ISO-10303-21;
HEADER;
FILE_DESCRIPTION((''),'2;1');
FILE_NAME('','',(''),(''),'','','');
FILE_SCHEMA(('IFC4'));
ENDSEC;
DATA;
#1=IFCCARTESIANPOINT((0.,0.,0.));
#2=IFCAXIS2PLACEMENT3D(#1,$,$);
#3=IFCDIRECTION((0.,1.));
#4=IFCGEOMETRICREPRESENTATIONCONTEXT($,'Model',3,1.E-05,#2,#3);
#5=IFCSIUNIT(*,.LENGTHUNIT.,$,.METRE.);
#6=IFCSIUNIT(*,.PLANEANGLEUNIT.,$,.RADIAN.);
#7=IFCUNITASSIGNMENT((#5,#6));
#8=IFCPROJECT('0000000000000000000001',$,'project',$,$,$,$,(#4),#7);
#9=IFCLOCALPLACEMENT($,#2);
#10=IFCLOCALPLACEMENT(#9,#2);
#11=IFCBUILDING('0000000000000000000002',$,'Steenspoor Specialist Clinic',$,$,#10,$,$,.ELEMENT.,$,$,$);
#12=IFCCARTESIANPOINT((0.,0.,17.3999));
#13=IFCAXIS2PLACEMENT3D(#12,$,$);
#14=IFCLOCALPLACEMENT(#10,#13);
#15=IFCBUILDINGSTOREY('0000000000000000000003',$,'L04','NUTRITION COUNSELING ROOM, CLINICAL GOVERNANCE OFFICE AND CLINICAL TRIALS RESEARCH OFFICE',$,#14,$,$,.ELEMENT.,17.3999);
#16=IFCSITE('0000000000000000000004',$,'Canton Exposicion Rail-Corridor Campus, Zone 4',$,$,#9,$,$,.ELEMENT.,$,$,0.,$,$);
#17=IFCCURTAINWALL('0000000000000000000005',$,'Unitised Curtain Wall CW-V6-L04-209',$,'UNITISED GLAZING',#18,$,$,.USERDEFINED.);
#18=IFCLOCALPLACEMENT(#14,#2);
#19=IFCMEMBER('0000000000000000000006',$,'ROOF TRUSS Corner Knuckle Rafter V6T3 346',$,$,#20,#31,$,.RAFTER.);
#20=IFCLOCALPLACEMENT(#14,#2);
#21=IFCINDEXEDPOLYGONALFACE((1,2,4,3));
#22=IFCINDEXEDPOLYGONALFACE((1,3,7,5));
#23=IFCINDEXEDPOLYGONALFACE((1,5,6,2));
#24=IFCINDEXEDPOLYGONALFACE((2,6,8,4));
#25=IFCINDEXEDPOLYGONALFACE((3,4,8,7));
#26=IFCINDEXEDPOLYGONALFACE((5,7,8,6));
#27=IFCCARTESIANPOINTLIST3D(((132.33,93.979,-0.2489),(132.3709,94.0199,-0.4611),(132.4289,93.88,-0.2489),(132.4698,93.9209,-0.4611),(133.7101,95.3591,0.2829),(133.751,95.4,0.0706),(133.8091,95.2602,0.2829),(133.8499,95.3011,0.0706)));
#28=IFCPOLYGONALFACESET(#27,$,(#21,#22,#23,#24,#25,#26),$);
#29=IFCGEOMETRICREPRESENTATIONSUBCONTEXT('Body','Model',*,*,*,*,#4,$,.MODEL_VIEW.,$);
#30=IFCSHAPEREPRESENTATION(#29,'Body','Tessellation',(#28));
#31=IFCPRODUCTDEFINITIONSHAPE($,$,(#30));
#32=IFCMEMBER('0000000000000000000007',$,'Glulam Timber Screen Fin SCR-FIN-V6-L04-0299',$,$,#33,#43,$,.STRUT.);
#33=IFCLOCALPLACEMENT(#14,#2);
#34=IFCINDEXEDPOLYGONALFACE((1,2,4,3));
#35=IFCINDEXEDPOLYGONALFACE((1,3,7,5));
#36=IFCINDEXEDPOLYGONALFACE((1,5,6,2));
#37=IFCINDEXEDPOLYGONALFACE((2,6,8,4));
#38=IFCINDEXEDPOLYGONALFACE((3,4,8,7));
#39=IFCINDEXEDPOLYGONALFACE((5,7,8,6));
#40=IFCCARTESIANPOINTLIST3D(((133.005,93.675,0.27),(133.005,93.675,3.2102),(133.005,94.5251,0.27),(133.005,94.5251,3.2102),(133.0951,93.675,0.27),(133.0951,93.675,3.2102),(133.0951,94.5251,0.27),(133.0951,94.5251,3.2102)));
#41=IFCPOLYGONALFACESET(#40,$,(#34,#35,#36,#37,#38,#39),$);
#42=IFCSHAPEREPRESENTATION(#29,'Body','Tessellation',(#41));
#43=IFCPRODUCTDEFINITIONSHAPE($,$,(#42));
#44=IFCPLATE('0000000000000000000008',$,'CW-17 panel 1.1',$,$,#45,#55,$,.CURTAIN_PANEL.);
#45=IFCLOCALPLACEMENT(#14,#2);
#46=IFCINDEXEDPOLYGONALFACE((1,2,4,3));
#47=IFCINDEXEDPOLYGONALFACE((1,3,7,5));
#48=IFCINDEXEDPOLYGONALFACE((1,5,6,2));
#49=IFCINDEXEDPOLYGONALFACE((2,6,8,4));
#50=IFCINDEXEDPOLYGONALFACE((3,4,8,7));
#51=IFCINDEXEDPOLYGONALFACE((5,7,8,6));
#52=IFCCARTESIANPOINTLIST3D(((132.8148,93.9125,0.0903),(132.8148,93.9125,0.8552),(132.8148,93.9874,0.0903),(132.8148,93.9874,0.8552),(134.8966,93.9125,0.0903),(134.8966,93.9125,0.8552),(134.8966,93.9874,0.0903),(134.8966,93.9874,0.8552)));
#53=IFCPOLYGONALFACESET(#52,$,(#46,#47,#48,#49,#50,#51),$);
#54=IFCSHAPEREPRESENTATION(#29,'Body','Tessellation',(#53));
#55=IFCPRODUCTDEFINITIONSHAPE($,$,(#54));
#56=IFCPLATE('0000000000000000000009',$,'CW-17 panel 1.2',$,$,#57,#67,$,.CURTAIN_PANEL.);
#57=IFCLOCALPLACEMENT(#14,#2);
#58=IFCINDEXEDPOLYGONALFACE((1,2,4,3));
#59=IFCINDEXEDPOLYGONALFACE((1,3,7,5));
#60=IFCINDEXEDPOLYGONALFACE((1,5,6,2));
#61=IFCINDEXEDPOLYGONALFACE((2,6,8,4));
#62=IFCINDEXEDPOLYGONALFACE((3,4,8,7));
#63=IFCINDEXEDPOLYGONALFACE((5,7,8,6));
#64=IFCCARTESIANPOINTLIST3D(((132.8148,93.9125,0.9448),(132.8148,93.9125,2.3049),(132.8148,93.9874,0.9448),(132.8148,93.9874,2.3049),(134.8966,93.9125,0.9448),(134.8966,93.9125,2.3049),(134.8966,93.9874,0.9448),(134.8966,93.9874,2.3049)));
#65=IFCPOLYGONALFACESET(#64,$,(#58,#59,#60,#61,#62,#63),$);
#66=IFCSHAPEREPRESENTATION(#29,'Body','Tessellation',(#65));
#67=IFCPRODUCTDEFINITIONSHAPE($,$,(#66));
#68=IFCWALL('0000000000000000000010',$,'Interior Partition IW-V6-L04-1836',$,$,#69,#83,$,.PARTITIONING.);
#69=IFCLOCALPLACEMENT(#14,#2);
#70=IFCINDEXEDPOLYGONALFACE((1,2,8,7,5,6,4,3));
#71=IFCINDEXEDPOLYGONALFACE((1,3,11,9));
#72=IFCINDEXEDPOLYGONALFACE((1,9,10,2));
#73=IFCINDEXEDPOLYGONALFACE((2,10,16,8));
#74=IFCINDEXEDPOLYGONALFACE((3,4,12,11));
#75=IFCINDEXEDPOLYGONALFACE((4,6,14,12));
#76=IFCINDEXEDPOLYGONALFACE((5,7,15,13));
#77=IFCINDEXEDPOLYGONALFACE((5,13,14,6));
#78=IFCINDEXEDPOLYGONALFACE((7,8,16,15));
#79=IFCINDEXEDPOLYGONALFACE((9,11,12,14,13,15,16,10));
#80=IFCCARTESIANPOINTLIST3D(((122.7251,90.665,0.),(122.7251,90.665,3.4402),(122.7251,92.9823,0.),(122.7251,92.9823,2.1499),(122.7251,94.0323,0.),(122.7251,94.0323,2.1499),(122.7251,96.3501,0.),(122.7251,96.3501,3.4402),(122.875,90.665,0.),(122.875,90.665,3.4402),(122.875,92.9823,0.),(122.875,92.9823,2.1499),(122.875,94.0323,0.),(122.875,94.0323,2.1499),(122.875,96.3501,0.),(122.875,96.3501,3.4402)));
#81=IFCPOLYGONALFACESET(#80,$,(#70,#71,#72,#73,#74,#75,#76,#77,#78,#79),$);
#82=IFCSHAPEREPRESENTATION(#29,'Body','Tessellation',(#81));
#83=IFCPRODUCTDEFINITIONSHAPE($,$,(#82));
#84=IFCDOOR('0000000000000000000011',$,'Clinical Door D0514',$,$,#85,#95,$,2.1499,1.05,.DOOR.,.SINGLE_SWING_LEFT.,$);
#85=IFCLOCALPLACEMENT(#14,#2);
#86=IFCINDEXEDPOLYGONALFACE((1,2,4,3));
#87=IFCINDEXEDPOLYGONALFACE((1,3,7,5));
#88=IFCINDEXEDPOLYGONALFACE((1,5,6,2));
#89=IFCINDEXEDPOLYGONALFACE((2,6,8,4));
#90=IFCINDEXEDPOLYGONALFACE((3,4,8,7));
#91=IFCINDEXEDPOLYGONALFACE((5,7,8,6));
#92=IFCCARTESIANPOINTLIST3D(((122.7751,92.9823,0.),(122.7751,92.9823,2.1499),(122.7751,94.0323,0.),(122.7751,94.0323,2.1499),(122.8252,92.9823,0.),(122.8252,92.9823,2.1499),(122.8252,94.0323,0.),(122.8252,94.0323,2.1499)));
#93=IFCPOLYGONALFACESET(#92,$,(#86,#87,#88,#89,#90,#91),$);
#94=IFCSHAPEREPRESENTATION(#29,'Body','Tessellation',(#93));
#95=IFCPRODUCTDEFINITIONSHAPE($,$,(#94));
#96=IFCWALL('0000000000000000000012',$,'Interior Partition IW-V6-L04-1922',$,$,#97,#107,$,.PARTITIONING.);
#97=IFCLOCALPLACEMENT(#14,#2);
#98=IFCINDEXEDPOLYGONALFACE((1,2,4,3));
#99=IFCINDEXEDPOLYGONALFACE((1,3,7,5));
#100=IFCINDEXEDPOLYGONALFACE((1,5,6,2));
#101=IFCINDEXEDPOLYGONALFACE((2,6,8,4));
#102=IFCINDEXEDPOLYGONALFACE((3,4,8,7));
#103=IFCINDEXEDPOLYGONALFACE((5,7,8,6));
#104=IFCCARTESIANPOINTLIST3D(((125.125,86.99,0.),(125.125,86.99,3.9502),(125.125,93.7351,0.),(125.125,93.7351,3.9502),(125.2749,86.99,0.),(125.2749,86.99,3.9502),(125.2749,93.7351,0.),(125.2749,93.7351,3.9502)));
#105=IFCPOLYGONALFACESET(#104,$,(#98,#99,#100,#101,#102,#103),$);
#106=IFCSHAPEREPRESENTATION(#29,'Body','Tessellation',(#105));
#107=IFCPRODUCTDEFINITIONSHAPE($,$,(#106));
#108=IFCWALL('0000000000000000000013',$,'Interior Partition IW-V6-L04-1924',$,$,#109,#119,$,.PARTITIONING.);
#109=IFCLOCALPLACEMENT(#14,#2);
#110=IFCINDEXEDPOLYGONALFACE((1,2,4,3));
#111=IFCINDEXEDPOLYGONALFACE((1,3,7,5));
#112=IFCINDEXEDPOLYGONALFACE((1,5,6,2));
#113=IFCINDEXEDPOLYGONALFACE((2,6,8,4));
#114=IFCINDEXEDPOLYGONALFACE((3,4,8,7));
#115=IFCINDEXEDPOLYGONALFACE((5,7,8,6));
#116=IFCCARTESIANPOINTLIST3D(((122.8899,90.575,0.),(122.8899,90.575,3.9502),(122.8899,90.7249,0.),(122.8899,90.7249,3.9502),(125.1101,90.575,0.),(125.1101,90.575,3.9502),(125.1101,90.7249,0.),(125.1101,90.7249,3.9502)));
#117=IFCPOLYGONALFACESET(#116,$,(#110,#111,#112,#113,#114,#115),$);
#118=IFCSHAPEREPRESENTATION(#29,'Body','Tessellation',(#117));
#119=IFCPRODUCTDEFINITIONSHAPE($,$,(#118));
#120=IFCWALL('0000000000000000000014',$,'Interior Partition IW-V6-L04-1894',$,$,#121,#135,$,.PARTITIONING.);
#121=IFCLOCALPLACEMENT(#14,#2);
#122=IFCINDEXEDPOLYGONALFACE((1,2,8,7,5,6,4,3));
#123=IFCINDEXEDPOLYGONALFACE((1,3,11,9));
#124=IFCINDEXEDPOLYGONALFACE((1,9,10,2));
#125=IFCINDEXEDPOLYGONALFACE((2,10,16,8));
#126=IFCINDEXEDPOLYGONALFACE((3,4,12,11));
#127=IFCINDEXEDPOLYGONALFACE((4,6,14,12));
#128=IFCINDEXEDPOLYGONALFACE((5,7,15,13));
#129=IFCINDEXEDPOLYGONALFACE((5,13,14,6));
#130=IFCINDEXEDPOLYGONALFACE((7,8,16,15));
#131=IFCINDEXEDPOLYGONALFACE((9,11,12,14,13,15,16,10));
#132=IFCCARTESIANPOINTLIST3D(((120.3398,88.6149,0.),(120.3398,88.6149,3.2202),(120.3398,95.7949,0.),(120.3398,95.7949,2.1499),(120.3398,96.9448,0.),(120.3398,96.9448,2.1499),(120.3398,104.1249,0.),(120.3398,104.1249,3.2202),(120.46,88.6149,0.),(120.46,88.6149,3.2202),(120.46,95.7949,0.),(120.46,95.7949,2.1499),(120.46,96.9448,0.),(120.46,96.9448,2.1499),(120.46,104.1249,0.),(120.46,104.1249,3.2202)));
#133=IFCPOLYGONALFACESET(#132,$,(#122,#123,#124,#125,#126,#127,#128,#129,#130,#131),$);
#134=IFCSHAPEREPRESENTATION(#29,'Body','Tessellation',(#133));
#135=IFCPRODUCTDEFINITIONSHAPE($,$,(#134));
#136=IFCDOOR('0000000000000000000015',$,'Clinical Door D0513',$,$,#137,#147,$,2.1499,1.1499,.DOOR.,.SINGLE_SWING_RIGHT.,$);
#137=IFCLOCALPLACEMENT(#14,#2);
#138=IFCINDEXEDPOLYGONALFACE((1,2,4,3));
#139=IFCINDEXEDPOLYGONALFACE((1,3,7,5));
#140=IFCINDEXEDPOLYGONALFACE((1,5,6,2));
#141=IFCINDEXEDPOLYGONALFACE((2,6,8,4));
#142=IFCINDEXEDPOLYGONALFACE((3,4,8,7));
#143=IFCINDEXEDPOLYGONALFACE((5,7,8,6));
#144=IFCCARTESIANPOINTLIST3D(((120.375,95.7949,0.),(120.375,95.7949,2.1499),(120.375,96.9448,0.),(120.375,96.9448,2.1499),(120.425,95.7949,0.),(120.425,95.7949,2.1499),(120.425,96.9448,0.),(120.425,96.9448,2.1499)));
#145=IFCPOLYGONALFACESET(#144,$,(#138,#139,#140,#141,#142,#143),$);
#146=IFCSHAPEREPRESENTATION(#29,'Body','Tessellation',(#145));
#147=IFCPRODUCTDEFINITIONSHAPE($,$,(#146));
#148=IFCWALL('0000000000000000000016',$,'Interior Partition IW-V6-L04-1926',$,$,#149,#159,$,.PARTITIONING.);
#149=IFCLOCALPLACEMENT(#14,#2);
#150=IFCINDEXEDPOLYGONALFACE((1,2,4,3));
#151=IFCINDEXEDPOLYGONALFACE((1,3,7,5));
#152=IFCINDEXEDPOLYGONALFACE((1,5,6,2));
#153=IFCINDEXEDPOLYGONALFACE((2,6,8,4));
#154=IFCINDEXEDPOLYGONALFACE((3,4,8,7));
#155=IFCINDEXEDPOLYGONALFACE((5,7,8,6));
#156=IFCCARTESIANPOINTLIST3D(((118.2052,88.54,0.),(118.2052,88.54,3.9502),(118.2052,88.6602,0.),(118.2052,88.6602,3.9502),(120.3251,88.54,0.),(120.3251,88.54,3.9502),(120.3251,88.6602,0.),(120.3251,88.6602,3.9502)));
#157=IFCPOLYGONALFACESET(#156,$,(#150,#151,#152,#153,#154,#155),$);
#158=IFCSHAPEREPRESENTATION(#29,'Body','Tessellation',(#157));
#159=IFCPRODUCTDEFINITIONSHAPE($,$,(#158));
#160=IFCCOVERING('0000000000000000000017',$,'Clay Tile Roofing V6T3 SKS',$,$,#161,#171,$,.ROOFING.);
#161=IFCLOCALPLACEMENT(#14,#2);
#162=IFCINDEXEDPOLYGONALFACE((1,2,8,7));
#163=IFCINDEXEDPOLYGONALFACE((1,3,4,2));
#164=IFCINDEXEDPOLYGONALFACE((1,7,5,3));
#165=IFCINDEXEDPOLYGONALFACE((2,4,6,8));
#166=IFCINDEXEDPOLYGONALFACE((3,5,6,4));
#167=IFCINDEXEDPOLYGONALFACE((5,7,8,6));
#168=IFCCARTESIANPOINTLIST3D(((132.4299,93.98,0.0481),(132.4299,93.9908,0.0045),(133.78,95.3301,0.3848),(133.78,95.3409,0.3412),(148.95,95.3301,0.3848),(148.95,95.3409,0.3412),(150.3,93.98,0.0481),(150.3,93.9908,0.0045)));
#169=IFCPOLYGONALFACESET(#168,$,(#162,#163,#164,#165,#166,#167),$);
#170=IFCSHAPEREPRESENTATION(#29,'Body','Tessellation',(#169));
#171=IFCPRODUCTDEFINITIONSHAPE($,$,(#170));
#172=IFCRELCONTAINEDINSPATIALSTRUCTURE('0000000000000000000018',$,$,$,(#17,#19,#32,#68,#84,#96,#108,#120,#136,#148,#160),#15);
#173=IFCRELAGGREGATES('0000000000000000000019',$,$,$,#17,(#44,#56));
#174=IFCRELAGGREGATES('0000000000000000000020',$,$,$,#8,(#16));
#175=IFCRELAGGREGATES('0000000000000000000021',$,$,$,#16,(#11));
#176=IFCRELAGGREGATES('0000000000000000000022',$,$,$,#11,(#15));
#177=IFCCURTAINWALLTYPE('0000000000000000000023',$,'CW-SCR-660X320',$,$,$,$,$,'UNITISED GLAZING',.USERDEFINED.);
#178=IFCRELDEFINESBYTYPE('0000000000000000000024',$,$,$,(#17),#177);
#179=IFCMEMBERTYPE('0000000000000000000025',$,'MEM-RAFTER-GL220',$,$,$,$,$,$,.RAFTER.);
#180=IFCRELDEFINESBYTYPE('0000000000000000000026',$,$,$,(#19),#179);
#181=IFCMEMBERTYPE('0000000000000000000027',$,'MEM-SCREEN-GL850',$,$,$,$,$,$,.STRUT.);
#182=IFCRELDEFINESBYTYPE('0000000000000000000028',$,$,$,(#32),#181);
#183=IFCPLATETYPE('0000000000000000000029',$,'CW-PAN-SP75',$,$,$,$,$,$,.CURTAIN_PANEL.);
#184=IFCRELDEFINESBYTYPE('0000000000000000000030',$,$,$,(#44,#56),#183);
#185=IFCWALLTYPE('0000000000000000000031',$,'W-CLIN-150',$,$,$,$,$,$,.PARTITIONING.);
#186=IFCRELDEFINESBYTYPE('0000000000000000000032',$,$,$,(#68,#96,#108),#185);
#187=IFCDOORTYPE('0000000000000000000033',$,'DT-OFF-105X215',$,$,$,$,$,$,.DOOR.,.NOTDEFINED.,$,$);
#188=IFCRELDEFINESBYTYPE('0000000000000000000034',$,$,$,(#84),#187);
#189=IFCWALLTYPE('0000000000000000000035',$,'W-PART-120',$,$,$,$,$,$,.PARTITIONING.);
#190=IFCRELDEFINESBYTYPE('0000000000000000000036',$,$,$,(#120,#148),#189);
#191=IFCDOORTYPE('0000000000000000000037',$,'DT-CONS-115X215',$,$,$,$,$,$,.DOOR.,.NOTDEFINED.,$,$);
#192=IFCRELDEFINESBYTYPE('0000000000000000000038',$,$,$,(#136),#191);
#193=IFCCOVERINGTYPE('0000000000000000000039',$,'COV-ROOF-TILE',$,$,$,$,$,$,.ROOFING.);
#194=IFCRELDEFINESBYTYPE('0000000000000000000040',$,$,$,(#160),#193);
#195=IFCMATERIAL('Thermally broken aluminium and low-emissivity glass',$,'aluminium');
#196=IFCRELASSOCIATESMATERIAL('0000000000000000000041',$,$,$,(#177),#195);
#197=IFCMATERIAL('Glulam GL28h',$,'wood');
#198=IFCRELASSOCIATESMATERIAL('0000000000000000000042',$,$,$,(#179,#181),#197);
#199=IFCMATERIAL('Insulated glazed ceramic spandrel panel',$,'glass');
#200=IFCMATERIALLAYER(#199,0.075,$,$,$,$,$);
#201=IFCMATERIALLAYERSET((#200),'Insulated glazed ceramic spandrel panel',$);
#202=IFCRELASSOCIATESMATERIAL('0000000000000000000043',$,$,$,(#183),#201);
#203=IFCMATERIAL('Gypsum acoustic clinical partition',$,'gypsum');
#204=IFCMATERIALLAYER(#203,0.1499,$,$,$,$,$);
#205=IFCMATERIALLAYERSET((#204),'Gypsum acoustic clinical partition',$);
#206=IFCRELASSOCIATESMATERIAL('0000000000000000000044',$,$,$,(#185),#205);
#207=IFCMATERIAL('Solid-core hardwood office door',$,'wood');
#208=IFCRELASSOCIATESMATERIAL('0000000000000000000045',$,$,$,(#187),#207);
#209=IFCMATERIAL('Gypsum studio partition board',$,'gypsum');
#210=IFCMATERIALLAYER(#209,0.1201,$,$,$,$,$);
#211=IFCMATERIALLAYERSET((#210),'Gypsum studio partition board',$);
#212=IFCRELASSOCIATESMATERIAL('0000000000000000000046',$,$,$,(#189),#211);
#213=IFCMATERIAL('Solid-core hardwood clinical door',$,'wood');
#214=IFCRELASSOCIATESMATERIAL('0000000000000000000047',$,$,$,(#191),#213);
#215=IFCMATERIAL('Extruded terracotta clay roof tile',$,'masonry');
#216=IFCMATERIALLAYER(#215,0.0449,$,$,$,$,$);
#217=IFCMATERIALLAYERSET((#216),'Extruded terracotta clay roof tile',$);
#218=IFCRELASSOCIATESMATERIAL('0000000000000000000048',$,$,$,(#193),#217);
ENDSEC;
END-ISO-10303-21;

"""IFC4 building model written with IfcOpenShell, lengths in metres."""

from ifc_helpers import new_model, si_unit, direction, frame, frame_2d, origin, origin_2d, place, context, subcontext, project, spatial, polyline, rectangle, outline, extrude, material, layer, layer_set, material_profile, profile_set, type_object, element, fill, aggregate, save


model = new_model("IFC4")

# Units and contexts
model_context = context("Model", 3, precision=1e-05, world=origin(), true_north=direction((0.0, 1.0)))
body_context = subcontext(model_context, "Body", "Model", "MODEL_VIEW")
ifc_project = project(units=[si_unit("LENGTHUNIT", "METRE"), si_unit("PLANEANGLEUNIT", "RADIAN")], contexts=[model_context])

# Site, building, storey
site_placement = place(None, origin())
site = spatial("IfcSite", under=ifc_project, at=site_placement, Name="Canton Exposicion Rail-Corridor Campus, Zone 4", CompositionType="ELEMENT", RefElevation=0.0)
building_placement = place(site_placement, origin())
building = spatial("IfcBuilding", under=site, at=building_placement, Name="Steenspoor Specialist Clinic", CompositionType="ELEMENT")
storey_placement = place(building_placement, frame((0.0, 0.0, 17.3999)))
storey = spatial("IfcBuildingStorey", under=building, at=storey_placement, Name="L04", Description="NUTRITION COUNSELING ROOM, CLINICAL GOVERNANCE OFFICE AND CLINICAL TRIALS RESEARCH OFFICE", CompositionType="ELEMENT", Elevation=17.3999)

# Shared definitions
ifc_material_1 = material(Name="Glulam GL28h", Category="wood")

# Curtain wall
ifc_material_2 = material(Name="Thermally broken aluminium and low-emissivity glass", Category="aluminium")
curtain_wall_type = type_object("IfcCurtainWallType", Name="CW-SCR-660X320", ElementType="UNITISED GLAZING", PredefinedType="USERDEFINED", material=ifc_material_2)
curtain_wall_placement = place(storey_placement, origin())
curtain_wall = element("IfcCurtainWall", 1, at=curtain_wall_placement, inside=storey, type_object=curtain_wall_type, Name="Unitised Curtain Wall CW-V6-L04-209", ObjectType="UNITISED GLAZING", PredefinedType="USERDEFINED")

# Members
ifc_material_profile_1 = material_profile(ifc_material_1, rectangle(XDim=0.1399, YDim=0.22, at=origin_2d()), Name="GL28H-140X220")
ifc_profile_set_1 = profile_set([ifc_material_profile_1], Name="Glulam GL28h")
member_type_1 = type_object("IfcMemberType", Name="MEM-RAFTER-GL220", PredefinedType="RAFTER", material=ifc_profile_set_1)
member_1_placement = place(storey_placement, frame((132.3999, 93.95, -0.355), z_axis=(0.682242, 0.682242, 0.262855), x_axis=(-0.707107, 0.707107, 0.0)))
element("IfcMember", 2, at=member_1_placement, inside=storey, type_object=member_type_1, Name="ROOF TRUSS Corner Knuckle Rafter V6T3 346", PredefinedType="RAFTER", context=body_context, shape_type="SweptSolid", body=[
    extrude(rectangle(XDim=0.1399, YDim=0.22, at=origin_2d()), origin(), (0.0, 0.0, 1.0), 2.0229),
])
ifc_material_profile_2 = material_profile(ifc_material_1, rectangle(XDim=0.0901, YDim=0.8501, at=origin_2d()), Name="GL28H-90X850")
ifc_profile_set_2 = profile_set([ifc_material_profile_2], Name="Glulam GL28h")
member_type_2 = type_object("IfcMemberType", Name="MEM-SCREEN-GL850", PredefinedType="STRUT", material=ifc_profile_set_2)
member_2_placement = place(storey_placement, frame((133.05, 94.1001, 0.27), z_axis=(0.0, 0.0, 1.0), x_axis=(1.0, 0.0, 0.0)))
element("IfcMember", 3, at=member_2_placement, inside=storey, type_object=member_type_2, Name="Glulam Timber Screen Fin SCR-FIN-V6-L04-0299", PredefinedType="STRUT", context=body_context, shape_type="SweptSolid", body=[
    extrude(rectangle(XDim=0.0901, YDim=0.8501, at=origin_2d()), origin(), (0.0, 0.0, 1.0), 2.9402),
])

# Plates
ifc_material_3 = material(Name="Insulated glazed ceramic spandrel panel", Category="glass")
ifc_layer_1 = layer(ifc_material_3, 0.075)
ifc_layer_set_1 = layer_set([ifc_layer_1], Name="Insulated glazed ceramic spandrel panel")
plate_type = type_object("IfcPlateType", Name="CW-PAN-SP75", PredefinedType="CURTAIN_PANEL", material=ifc_layer_set_1)
plate_1_placement = place(storey_placement, frame((133.8557, 93.95, 0.0903), z_axis=(0.0, 0.0, 1.0), x_axis=(1.0, 0.0, 0.0)))
plate_1 = element("IfcPlate", 4, at=plate_1_placement, type_object=plate_type, Name="CW-17 panel 1.1", PredefinedType="CURTAIN_PANEL", context=body_context, shape_type="SweptSolid", body=[
    extrude(rectangle(XDim=2.0818, YDim=0.075, at=origin_2d()), origin(), (0.0, 0.0, 1.0), 0.7649),
])
plate_2_placement = place(storey_placement, frame((133.8557, 93.95, 0.9448), z_axis=(0.0, 0.0, 1.0), x_axis=(1.0, 0.0, 0.0)))
plate_2 = element("IfcPlate", 5, at=plate_2_placement, type_object=plate_type, Name="CW-17 panel 1.2", PredefinedType="CURTAIN_PANEL", context=body_context, shape_type="SweptSolid", body=[
    extrude(rectangle(XDim=2.0818, YDim=0.075, at=origin_2d()), origin(), (0.0, 0.0, 1.0), 1.3601),
])
aggregate(curtain_wall, [plate_1, plate_2])

# Wall, opening, door
ifc_material_4 = material(Name="Gypsum acoustic clinical partition", Category="gypsum")
ifc_layer_2 = layer(ifc_material_4, 0.1499)
ifc_layer_set_2 = layer_set([ifc_layer_2], Name="Gypsum acoustic clinical partition")
wall_type_1 = type_object("IfcWallType", Name="W-CLIN-150", PredefinedType="PARTITIONING", material=ifc_layer_set_2)
wall_1_placement = place(storey_placement, frame((122.8, 90.665, 0.0), z_axis=(0.0, 0.0, 1.0), x_axis=(0.0, 1.0, 0.0)))
wall_1 = element("IfcWall", 6, at=wall_1_placement, inside=storey, type_object=wall_type_1, Name="Interior Partition IW-V6-L04-1836", PredefinedType="PARTITIONING", context=body_context, shape_type="SweptSolid", body=[
    extrude(rectangle(XDim=5.6851, YDim=0.1499, at=frame_2d((2.8425, 0.0))), origin(), (0.0, 0.0, 1.0), 3.4402),
])
opening_1_placement = place(wall_1_placement, frame((2.3174, 0.0, 0.0)))
opening_1 = element("IfcOpeningElement", 7, at=opening_1_placement, cuts=wall_1, PredefinedType="OPENING", context=body_context, shape_type="SweptSolid", body=[
    extrude(rectangle(XDim=1.05, YDim=2.1499, at=frame_2d((0.5249, 1.075))), frame((0.0, 0.085, 0.0), z_axis=(0.0, -1.0, 0.0), x_axis=(1.0, 0.0, 0.0)), (0.0, 0.0, 1.0), 0.1699),
])
ifc_material_5 = material(Name="Solid-core hardwood office door", Category="wood")
door_type_1 = type_object("IfcDoorType", Name="DT-OFF-105X215", OperationType="NOTDEFINED", PredefinedType="DOOR", material=ifc_material_5)
door_1_placement = place(opening_1_placement, origin())
door_1 = element("IfcDoor", 8, at=door_1_placement, inside=storey, type_object=door_type_1, Name="Clinical Door D0514", OperationType="SINGLE_SWING_LEFT", OverallHeight=2.1499, OverallWidth=1.05, PredefinedType="DOOR", context=body_context, shape_type="SweptSolid", body=[
    extrude(rectangle(XDim=1.05, YDim=2.1499, at=frame_2d((0.5249, 1.075))), frame((0.0, 0.0249, 0.0), z_axis=(0.0, -1.0, 0.0), x_axis=(1.0, 0.0, 0.0)), (0.0, 0.0, 1.0), 0.05),
])
fill(opening_1, door_1)

# Walls
wall_2_placement = place(storey_placement, frame((125.2, 86.99, 0.0), z_axis=(0.0, 0.0, 1.0), x_axis=(0.0, 1.0, 0.0)))
element("IfcWall", 9, at=wall_2_placement, inside=storey, type_object=wall_type_1, Name="Interior Partition IW-V6-L04-1922", PredefinedType="PARTITIONING", context=body_context, shape_type="SweptSolid", body=[
    extrude(rectangle(XDim=6.7451, YDim=0.1499, at=frame_2d((3.3726, 0.0))), origin(), (0.0, 0.0, 1.0), 3.9502),
])
wall_3_placement = place(storey_placement, frame((122.8899, 90.6499, 0.0), z_axis=(0.0, 0.0, 1.0), x_axis=(1.0, 0.0, 0.0)))
element("IfcWall", 10, at=wall_3_placement, inside=storey, type_object=wall_type_1, Name="Interior Partition IW-V6-L04-1924", PredefinedType="PARTITIONING", context=body_context, shape_type="SweptSolid", body=[
    extrude(rectangle(XDim=2.2202, YDim=0.1499, at=frame_2d((1.1101, 0.0))), origin(), (0.0, 0.0, 1.0), 3.9502),
])

# Wall, opening, door
ifc_material_6 = material(Name="Gypsum studio partition board", Category="gypsum")
ifc_layer_3 = layer(ifc_material_6, 0.1201)
ifc_layer_set_3 = layer_set([ifc_layer_3], Name="Gypsum studio partition board")
wall_type_2 = type_object("IfcWallType", Name="W-PART-120", PredefinedType="PARTITIONING", material=ifc_layer_set_3)
wall_4_placement = place(storey_placement, frame((120.3999, 88.615, 0.0), z_axis=(0.0, 0.0, 1.0), x_axis=(0.0, 1.0, 0.0)))
wall_4 = element("IfcWall", 11, at=wall_4_placement, inside=storey, type_object=wall_type_2, Name="Interior Partition IW-V6-L04-1894", PredefinedType="PARTITIONING", context=body_context, shape_type="SweptSolid", body=[
    extrude(rectangle(XDim=15.51, YDim=0.1201, at=frame_2d((7.7549, 0.0))), origin(), (0.0, 0.0, 1.0), 3.2202),
])
opening_2_placement = place(wall_4_placement, frame((7.1799, 0.0, 0.0)))
opening_2 = element("IfcOpeningElement", 12, at=opening_2_placement, cuts=wall_4, PredefinedType="OPENING", context=body_context, shape_type="SweptSolid", body=[
    extrude(rectangle(XDim=1.1499, YDim=2.1499, at=frame_2d((0.575, 1.075))), frame((0.0, 0.0701, 0.0), z_axis=(0.0, -1.0, 0.0), x_axis=(1.0, 0.0, 0.0)), (0.0, 0.0, 1.0), 0.1401),
])
ifc_material_7 = material(Name="Solid-core hardwood clinical door", Category="wood")
door_type_2 = type_object("IfcDoorType", Name="DT-CONS-115X215", OperationType="NOTDEFINED", PredefinedType="DOOR", material=ifc_material_7)
door_2_placement = place(opening_2_placement, origin())
door_2 = element("IfcDoor", 13, at=door_2_placement, inside=storey, type_object=door_type_2, Name="Clinical Door D0513", OperationType="SINGLE_SWING_RIGHT", OverallHeight=2.1499, OverallWidth=1.1499, PredefinedType="DOOR", context=body_context, shape_type="SweptSolid", body=[
    extrude(rectangle(XDim=1.1499, YDim=2.1499, at=frame_2d((0.575, 1.075))), frame((0.0, 0.0249, 0.0), z_axis=(0.0, -1.0, 0.0), x_axis=(1.0, 0.0, 0.0)), (0.0, 0.0, 1.0), 0.05),
])
fill(opening_2, door_2)

# Wall
wall_5_placement = place(storey_placement, frame((118.2051, 88.6001, 0.0), z_axis=(0.0, 0.0, 1.0), x_axis=(1.0, 0.0, 0.0)))
element("IfcWall", 14, at=wall_5_placement, inside=storey, type_object=wall_type_2, Name="Interior Partition IW-V6-L04-1926", PredefinedType="PARTITIONING", context=body_context, shape_type="SweptSolid", body=[
    extrude(rectangle(XDim=2.1199, YDim=0.1201, at=frame_2d((1.0601, 0.0))), origin(), (0.0, 0.0, 1.0), 3.9502),
])

# Covering
ifc_material_8 = material(Name="Extruded terracotta clay roof tile", Category="masonry")
ifc_layer_4 = layer(ifc_material_8, 0.0449)
ifc_layer_set_4 = layer_set([ifc_layer_4], Name="Extruded terracotta clay roof tile")
covering_type = type_object("IfcCoveringType", Name="COV-ROOF-TILE", PredefinedType="ROOFING", material=ifc_layer_set_4)
covering_placement = place(storey_placement, frame((132.4299, 93.98, 0.0481), z_axis=(0.0, -0.241958, 0.970287), x_axis=(1.0, 0.0, 0.0)))
element("IfcCovering", 15, at=covering_placement, inside=storey, type_object=covering_type, Name="Clay Tile Roofing V6T3 SKS", PredefinedType="ROOFING", context=body_context, shape_type="SweptSolid", body=[
    extrude(outline(polyline([(0.0, 0.0), (17.8701, 0.0), (16.52, 1.3914), (1.3501, 1.3914), (0.0, 0.0)])), origin(), (0.0, 0.0, -1.0), 0.0449),
])

save(model, "model.ifc")
